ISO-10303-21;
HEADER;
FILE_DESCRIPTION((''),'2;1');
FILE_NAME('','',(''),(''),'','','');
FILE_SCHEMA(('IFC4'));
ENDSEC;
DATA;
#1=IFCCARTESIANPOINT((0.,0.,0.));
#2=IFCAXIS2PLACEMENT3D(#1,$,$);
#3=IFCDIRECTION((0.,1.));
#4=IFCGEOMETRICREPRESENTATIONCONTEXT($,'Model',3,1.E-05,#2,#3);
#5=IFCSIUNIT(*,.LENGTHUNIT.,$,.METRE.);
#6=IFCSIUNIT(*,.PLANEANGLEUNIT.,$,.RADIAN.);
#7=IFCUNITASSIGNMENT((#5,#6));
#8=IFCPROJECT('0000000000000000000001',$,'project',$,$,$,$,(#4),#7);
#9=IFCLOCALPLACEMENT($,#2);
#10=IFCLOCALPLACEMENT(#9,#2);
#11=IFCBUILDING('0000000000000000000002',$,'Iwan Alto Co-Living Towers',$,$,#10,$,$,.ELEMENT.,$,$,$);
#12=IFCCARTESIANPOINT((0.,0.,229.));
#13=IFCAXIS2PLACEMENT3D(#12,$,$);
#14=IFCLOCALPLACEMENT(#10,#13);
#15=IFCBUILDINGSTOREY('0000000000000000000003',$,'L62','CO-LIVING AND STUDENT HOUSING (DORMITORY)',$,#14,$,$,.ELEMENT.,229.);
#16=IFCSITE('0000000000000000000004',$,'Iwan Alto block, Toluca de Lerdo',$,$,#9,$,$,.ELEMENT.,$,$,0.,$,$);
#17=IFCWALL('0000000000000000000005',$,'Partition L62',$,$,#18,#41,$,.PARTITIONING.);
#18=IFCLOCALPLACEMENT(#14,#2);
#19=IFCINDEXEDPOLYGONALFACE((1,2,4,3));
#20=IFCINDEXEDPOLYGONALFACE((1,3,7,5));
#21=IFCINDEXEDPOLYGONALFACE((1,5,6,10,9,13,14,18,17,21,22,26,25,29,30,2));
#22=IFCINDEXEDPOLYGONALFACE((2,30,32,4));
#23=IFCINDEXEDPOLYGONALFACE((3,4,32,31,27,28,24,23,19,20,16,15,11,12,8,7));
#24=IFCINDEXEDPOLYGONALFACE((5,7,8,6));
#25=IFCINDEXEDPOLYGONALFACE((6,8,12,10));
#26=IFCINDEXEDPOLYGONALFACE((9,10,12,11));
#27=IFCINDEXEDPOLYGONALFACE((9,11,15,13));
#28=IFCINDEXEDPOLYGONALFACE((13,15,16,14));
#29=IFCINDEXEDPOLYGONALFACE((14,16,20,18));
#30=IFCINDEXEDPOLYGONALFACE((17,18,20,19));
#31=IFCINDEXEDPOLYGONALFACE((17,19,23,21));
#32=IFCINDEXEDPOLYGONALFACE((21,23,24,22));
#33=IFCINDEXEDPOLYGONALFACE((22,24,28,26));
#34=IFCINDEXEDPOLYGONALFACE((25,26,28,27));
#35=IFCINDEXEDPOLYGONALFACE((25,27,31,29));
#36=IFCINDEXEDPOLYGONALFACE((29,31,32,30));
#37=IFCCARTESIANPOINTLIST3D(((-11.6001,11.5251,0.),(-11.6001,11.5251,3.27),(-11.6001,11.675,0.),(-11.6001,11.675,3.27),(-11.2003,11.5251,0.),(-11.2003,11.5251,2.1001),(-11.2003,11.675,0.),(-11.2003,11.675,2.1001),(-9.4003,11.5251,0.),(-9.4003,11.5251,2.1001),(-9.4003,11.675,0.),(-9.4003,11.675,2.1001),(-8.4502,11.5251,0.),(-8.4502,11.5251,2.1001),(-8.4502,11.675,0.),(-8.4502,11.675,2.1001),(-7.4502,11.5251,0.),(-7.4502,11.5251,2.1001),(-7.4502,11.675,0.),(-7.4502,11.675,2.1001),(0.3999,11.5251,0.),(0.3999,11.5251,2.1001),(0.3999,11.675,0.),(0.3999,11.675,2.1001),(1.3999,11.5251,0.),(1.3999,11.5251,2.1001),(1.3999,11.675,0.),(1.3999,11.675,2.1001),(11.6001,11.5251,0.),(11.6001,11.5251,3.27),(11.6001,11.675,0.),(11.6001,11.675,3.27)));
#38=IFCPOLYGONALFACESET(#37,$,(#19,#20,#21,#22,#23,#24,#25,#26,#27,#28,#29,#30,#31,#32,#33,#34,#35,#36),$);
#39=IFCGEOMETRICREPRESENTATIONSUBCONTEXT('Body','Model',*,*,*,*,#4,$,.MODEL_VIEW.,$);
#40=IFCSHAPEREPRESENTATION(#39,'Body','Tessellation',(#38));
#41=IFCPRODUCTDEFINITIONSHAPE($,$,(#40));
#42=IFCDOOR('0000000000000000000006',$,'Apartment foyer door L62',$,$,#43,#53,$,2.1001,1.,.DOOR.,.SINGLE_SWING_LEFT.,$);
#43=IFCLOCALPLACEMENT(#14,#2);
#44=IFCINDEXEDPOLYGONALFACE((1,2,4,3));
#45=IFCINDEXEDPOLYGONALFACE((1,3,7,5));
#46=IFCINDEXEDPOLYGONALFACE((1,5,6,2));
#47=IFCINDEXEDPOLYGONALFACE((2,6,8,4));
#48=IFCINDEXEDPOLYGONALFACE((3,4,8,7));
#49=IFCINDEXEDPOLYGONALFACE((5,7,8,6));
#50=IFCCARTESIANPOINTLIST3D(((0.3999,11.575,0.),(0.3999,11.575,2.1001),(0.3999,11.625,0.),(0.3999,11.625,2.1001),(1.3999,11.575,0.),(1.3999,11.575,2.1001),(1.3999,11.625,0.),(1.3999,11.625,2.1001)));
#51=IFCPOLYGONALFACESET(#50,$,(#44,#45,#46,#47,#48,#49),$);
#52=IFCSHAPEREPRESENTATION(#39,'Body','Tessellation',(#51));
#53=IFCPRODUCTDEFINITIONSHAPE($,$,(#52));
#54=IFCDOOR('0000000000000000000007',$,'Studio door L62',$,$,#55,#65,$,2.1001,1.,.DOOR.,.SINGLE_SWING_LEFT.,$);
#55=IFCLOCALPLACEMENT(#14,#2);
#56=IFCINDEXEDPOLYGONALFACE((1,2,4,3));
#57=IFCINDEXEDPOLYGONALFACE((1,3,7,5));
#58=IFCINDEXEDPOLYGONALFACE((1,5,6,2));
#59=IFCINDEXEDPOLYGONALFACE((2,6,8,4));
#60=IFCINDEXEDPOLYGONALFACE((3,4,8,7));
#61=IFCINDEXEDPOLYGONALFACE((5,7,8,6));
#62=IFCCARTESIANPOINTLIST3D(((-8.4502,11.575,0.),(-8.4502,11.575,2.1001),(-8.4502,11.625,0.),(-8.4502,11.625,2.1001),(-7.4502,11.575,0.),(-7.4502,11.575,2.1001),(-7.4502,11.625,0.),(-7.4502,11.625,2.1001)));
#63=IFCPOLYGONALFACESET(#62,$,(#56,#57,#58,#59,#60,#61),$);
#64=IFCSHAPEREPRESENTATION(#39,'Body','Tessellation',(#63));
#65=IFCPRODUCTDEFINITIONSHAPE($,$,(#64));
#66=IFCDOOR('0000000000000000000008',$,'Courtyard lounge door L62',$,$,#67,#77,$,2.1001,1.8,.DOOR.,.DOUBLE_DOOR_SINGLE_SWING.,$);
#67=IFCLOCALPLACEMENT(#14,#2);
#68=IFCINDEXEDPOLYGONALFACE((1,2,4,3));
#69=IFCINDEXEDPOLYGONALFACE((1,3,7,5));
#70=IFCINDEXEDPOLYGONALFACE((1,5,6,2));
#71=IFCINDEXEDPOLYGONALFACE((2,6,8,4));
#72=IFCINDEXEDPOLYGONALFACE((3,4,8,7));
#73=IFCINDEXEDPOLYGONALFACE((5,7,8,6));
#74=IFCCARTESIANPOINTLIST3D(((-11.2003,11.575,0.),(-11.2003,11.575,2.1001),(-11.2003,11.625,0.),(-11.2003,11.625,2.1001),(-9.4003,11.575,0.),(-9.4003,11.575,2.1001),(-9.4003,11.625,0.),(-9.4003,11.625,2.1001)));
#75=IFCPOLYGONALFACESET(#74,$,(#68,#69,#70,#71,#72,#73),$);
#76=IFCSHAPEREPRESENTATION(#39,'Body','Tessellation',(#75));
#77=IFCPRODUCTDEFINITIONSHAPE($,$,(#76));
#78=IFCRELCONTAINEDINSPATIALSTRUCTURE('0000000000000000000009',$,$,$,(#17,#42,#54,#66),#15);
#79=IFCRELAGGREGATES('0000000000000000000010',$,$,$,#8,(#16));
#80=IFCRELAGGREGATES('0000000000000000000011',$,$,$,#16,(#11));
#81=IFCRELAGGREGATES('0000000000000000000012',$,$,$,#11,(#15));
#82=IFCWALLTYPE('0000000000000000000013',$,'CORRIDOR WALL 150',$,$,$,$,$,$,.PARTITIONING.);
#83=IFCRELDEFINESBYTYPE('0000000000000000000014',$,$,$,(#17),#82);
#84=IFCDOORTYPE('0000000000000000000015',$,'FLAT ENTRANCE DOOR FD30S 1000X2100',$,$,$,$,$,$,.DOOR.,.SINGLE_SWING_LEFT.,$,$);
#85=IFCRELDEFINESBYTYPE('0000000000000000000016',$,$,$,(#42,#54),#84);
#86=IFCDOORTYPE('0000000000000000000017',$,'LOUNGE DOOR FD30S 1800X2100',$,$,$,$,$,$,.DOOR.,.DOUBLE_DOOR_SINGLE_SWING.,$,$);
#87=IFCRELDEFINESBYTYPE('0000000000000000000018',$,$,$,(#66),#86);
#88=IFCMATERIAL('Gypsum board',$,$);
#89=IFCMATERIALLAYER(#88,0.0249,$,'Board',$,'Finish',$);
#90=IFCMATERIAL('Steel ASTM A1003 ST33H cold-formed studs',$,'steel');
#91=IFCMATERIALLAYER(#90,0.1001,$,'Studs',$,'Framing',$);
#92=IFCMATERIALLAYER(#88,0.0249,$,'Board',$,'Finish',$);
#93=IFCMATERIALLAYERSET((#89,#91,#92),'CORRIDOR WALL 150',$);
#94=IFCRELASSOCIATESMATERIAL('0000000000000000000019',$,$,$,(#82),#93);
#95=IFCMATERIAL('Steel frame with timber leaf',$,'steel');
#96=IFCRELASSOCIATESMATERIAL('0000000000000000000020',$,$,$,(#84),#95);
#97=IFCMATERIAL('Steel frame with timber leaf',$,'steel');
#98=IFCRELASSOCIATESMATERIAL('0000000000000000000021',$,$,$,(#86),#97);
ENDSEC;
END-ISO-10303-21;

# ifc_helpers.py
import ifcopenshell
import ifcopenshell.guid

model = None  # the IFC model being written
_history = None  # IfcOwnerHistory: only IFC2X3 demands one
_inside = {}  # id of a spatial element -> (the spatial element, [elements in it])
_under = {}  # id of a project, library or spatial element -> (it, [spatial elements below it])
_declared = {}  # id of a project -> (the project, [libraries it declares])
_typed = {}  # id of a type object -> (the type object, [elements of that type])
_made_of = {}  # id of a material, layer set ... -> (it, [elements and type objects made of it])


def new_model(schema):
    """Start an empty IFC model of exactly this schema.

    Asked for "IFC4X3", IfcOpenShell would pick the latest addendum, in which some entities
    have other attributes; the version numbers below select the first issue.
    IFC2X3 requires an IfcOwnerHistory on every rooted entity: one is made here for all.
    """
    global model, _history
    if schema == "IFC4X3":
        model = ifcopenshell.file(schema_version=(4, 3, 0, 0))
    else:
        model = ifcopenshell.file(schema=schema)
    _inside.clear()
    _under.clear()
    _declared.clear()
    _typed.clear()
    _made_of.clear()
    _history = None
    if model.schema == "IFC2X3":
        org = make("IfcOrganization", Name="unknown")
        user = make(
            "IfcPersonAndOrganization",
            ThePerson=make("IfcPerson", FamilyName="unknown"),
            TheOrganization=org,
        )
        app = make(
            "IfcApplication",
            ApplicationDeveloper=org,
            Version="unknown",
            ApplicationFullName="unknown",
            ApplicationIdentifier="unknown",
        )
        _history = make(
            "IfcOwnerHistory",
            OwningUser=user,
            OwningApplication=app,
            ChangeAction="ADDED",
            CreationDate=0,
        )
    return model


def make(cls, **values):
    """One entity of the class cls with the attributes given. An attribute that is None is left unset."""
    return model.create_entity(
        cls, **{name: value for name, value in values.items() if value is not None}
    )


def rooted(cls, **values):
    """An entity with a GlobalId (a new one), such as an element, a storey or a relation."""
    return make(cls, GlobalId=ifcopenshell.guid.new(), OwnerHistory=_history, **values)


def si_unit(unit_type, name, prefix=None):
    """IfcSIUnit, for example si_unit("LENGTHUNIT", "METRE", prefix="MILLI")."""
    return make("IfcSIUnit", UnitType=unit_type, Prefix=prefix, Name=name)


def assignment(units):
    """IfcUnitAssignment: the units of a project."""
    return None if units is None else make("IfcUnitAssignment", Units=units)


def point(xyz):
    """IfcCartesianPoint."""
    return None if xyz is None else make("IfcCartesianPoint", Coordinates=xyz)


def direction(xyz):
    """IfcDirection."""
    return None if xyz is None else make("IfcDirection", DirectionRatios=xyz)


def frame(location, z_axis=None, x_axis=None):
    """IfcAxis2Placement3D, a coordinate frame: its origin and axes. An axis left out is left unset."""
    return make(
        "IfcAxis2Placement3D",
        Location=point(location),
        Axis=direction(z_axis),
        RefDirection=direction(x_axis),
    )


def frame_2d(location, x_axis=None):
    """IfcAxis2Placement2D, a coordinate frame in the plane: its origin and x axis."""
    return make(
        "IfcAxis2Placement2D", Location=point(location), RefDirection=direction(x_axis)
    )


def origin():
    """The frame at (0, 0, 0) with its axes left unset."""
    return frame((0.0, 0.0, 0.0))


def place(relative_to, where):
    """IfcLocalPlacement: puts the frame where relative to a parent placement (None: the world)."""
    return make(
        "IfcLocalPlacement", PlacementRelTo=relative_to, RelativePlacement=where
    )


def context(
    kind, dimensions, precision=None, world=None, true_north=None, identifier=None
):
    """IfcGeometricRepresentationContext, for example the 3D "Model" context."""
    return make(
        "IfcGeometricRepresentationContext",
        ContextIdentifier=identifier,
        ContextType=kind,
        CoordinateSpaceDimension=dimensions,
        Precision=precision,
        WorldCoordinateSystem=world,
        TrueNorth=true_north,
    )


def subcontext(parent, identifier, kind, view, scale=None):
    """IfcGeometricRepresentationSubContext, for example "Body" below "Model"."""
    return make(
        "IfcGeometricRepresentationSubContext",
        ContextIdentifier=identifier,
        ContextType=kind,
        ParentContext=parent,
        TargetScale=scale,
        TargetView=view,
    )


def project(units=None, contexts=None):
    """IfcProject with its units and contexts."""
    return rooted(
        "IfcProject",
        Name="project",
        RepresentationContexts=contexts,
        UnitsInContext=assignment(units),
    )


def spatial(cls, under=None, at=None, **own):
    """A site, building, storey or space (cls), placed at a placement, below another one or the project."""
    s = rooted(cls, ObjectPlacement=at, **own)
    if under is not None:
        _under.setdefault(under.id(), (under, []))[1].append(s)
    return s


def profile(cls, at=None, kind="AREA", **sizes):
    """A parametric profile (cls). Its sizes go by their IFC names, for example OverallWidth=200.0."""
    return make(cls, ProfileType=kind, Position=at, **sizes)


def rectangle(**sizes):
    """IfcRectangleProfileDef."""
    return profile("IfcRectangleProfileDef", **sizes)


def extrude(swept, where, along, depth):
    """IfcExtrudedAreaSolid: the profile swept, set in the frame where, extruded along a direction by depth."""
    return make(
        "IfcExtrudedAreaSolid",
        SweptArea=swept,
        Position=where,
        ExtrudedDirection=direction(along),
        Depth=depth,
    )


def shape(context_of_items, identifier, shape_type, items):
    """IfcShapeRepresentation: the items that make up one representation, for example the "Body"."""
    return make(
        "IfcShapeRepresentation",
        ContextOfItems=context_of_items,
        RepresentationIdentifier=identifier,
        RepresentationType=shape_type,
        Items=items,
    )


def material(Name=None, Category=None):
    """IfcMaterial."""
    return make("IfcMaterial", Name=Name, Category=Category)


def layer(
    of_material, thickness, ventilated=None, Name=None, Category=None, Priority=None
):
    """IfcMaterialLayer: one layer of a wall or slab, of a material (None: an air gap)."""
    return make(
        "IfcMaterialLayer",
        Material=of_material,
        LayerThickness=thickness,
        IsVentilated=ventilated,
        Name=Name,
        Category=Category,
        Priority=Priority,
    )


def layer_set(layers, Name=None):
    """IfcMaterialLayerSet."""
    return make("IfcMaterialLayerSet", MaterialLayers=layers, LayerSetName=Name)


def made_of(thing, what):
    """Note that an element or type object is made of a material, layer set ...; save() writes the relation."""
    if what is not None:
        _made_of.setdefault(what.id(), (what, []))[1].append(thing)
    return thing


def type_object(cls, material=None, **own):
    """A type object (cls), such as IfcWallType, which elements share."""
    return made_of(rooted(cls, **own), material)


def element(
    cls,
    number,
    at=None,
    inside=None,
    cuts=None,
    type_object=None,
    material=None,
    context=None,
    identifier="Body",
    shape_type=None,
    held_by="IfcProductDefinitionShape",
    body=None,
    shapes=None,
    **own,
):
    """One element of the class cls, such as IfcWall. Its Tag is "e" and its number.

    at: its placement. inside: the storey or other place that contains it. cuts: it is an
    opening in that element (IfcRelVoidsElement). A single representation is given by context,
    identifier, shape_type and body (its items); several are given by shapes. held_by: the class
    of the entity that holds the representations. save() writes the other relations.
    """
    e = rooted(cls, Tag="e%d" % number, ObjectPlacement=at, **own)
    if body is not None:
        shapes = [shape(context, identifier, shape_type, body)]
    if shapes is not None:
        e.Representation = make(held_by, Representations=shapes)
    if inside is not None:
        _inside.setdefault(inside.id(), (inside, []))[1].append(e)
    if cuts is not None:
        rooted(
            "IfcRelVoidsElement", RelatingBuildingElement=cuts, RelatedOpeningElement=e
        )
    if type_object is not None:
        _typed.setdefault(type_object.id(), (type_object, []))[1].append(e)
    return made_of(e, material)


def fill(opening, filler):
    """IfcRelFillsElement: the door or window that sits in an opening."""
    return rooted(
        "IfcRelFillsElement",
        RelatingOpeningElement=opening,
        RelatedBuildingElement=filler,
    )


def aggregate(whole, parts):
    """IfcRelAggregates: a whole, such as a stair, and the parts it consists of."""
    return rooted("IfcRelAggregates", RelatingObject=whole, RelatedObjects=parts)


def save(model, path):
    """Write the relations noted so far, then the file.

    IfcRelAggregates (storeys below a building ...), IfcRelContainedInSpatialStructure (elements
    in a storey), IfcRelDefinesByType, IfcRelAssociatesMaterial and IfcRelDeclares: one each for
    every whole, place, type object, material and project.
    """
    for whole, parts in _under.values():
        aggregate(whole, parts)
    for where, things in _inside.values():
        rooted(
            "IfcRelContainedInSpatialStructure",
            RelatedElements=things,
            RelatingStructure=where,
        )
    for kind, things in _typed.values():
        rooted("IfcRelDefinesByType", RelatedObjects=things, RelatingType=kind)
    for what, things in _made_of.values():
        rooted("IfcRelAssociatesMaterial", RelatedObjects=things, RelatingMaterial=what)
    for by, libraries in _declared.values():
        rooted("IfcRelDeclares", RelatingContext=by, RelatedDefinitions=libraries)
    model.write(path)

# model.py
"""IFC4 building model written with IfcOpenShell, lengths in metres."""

from ifc_helpers import new_model, si_unit, direction, frame, frame_2d, origin, place, context, subcontext, project, spatial, rectangle, extrude, material, layer, layer_set, type_object, element, fill, save


model = new_model("IFC4")

# Units and contexts
model_context = context("Model", 3, precision=1e-05, world=origin(), true_north=direction((0.0, 1.0)))
body_context = subcontext(model_context, "Body", "Model", "MODEL_VIEW")
ifc_project = project(units=[si_unit("LENGTHUNIT", "METRE"), si_unit("PLANEANGLEUNIT", "RADIAN")], contexts=[model_context])

# Site, building, storey
site_placement = place(None, origin())
site = spatial("IfcSite", under=ifc_project, at=site_placement, Name="Iwan Alto block, Toluca de Lerdo", CompositionType="ELEMENT", RefElevation=0.0)
building_placement = place(site_placement, origin())
building = spatial("IfcBuilding", under=site, at=building_placement, Name="Iwan Alto Co-Living Towers", CompositionType="ELEMENT")
storey_placement = place(building_placement, frame((0.0, 0.0, 229.0)))
storey = spatial("IfcBuildingStorey", under=building, at=storey_placement, Name="L62", Description="CO-LIVING AND STUDENT HOUSING (DORMITORY)", CompositionType="ELEMENT", Elevation=229.0)

# Wall, openings, doors
ifc_material_1 = material(Name="Gypsum board")
ifc_layer_1 = layer(ifc_material_1, 0.0249, Name="Board", Category="Finish")
ifc_material_2 = material(Name="Steel ASTM A1003 ST33H cold-formed studs", Category="steel")
ifc_layer_2 = layer(ifc_material_2, 0.1001, Name="Studs", Category="Framing")
ifc_layer_3 = layer(ifc_material_1, 0.0249, Name="Board", Category="Finish")
ifc_layer_set_1 = layer_set([ifc_layer_1, ifc_layer_2, ifc_layer_3], Name="CORRIDOR WALL 150")
wall_type = type_object("IfcWallType", Name="CORRIDOR WALL 150", PredefinedType="PARTITIONING", material=ifc_layer_set_1)
wall_placement = place(storey_placement, frame((-11.6001, 11.6001, 0.0), z_axis=(0.0, 0.0, 1.0), x_axis=(1.0, 0.0, 0.0)))
wall = element("IfcWall", 1, at=wall_placement, inside=storey, type_object=wall_type, Name="Partition L62", PredefinedType="PARTITIONING", context=body_context, shape_type="SweptSolid", body=[
    extrude(rectangle(XDim=23.2002, YDim=0.1499, at=frame_2d((11.6001, 0.0))), origin(), (0.0, 0.0, 1.0), 3.27),
])
opening_1_placement = place(wall_placement, frame((12.0, 0.0, 0.0)))
opening_1 = element("IfcOpeningElement", 2, at=opening_1_placement, cuts=wall, PredefinedType="OPENING", context=body_context, shape_type="SweptSolid", body=[
    extrude(rectangle(XDim=1.0, YDim=2.1001, at=frame_2d((0.5, 1.05))), frame((0.0, 0.085, 0.0), z_axis=(0.0, -1.0, 0.0), x_axis=(1.0, 0.0, 0.0)), (0.0, 0.0, 1.0), 0.1699),
])
opening_2_placement = place(wall_placement, frame((3.1499, 0.0, 0.0)))
opening_2 = element("IfcOpeningElement", 3, at=opening_2_placement, cuts=wall, PredefinedType="OPENING", context=body_context, shape_type="SweptSolid", body=[
    extrude(rectangle(XDim=1.0, YDim=2.1001, at=frame_2d((0.5, 1.05))), frame((0.0, 0.085, 0.0), z_axis=(0.0, -1.0, 0.0), x_axis=(1.0, 0.0, 0.0)), (0.0, 0.0, 1.0), 0.1699),
])
opening_3_placement = place(wall_placement, frame((0.3999, 0.0, 0.0)))
opening_3 = element("IfcOpeningElement", 4, at=opening_3_placement, cuts=wall, PredefinedType="OPENING", context=body_context, shape_type="SweptSolid", body=[
    extrude(rectangle(XDim=1.8, YDim=2.1001, at=frame_2d((0.8999, 1.05))), frame((0.0, 0.085, 0.0), z_axis=(0.0, -1.0, 0.0), x_axis=(1.0, 0.0, 0.0)), (0.0, 0.0, 1.0), 0.1699),
])
ifc_material_3 = material(Name="Steel frame with timber leaf", Category="steel")
door_type_1 = type_object("IfcDoorType", Name="FLAT ENTRANCE DOOR FD30S 1000X2100", OperationType="SINGLE_SWING_LEFT", PredefinedType="DOOR", material=ifc_material_3)
door_1_placement = place(opening_1_placement, origin())
door_1 = element("IfcDoor", 5, at=door_1_placement, inside=storey, type_object=door_type_1, Name="Apartment foyer door L62", OperationType="SINGLE_SWING_LEFT", OverallHeight=2.1001, OverallWidth=1.0, PredefinedType="DOOR", context=body_context, shape_type="SweptSolid", body=[
    extrude(rectangle(XDim=1.0, YDim=2.1001, at=frame_2d((0.5, 1.05))), frame((0.0, 0.0249, 0.0), z_axis=(0.0, -1.0, 0.0), x_axis=(1.0, 0.0, 0.0)), (0.0, 0.0, 1.0), 0.05),
])
fill(opening_1, door_1)
door_2_placement = place(opening_2_placement, origin())
door_2 = element("IfcDoor", 6, at=door_2_placement, inside=storey, type_object=door_type_1, Name="Studio door L62", OperationType="SINGLE_SWING_LEFT", OverallHeight=2.1001, OverallWidth=1.0, PredefinedType="DOOR", context=body_context, shape_type="SweptSolid", body=[
    extrude(rectangle(XDim=1.0, YDim=2.1001, at=frame_2d((0.5, 1.05))), frame((0.0, 0.0249, 0.0), z_axis=(0.0, -1.0, 0.0), x_axis=(1.0, 0.0, 0.0)), (0.0, 0.0, 1.0), 0.05),
])
fill(opening_2, door_2)
ifc_material_4 = material(Name="Steel frame with timber leaf", Category="steel")
door_type_2 = type_object("IfcDoorType", Name="LOUNGE DOOR FD30S 1800X2100", OperationType="DOUBLE_DOOR_SINGLE_SWING", PredefinedType="DOOR", material=ifc_material_4)
door_3_placement = place(opening_3_placement, origin())
door_3 = element("IfcDoor", 7, at=door_3_placement, inside=storey, type_object=door_type_2, Name="Courtyard lounge door L62", OperationType="DOUBLE_DOOR_SINGLE_SWING", OverallHeight=2.1001, OverallWidth=1.8, PredefinedType="DOOR", context=body_context, shape_type="SweptSolid", body=[
    extrude(rectangle(XDim=1.8, YDim=2.1001, at=frame_2d((0.8999, 1.05))), frame((0.0, 0.0249, 0.0), z_axis=(0.0, -1.0, 0.0), x_axis=(1.0, 0.0, 0.0)), (0.0, 0.0, 1.0), 0.05),
])
fill(opening_3, door_3)

save(model, "model.ifc")
